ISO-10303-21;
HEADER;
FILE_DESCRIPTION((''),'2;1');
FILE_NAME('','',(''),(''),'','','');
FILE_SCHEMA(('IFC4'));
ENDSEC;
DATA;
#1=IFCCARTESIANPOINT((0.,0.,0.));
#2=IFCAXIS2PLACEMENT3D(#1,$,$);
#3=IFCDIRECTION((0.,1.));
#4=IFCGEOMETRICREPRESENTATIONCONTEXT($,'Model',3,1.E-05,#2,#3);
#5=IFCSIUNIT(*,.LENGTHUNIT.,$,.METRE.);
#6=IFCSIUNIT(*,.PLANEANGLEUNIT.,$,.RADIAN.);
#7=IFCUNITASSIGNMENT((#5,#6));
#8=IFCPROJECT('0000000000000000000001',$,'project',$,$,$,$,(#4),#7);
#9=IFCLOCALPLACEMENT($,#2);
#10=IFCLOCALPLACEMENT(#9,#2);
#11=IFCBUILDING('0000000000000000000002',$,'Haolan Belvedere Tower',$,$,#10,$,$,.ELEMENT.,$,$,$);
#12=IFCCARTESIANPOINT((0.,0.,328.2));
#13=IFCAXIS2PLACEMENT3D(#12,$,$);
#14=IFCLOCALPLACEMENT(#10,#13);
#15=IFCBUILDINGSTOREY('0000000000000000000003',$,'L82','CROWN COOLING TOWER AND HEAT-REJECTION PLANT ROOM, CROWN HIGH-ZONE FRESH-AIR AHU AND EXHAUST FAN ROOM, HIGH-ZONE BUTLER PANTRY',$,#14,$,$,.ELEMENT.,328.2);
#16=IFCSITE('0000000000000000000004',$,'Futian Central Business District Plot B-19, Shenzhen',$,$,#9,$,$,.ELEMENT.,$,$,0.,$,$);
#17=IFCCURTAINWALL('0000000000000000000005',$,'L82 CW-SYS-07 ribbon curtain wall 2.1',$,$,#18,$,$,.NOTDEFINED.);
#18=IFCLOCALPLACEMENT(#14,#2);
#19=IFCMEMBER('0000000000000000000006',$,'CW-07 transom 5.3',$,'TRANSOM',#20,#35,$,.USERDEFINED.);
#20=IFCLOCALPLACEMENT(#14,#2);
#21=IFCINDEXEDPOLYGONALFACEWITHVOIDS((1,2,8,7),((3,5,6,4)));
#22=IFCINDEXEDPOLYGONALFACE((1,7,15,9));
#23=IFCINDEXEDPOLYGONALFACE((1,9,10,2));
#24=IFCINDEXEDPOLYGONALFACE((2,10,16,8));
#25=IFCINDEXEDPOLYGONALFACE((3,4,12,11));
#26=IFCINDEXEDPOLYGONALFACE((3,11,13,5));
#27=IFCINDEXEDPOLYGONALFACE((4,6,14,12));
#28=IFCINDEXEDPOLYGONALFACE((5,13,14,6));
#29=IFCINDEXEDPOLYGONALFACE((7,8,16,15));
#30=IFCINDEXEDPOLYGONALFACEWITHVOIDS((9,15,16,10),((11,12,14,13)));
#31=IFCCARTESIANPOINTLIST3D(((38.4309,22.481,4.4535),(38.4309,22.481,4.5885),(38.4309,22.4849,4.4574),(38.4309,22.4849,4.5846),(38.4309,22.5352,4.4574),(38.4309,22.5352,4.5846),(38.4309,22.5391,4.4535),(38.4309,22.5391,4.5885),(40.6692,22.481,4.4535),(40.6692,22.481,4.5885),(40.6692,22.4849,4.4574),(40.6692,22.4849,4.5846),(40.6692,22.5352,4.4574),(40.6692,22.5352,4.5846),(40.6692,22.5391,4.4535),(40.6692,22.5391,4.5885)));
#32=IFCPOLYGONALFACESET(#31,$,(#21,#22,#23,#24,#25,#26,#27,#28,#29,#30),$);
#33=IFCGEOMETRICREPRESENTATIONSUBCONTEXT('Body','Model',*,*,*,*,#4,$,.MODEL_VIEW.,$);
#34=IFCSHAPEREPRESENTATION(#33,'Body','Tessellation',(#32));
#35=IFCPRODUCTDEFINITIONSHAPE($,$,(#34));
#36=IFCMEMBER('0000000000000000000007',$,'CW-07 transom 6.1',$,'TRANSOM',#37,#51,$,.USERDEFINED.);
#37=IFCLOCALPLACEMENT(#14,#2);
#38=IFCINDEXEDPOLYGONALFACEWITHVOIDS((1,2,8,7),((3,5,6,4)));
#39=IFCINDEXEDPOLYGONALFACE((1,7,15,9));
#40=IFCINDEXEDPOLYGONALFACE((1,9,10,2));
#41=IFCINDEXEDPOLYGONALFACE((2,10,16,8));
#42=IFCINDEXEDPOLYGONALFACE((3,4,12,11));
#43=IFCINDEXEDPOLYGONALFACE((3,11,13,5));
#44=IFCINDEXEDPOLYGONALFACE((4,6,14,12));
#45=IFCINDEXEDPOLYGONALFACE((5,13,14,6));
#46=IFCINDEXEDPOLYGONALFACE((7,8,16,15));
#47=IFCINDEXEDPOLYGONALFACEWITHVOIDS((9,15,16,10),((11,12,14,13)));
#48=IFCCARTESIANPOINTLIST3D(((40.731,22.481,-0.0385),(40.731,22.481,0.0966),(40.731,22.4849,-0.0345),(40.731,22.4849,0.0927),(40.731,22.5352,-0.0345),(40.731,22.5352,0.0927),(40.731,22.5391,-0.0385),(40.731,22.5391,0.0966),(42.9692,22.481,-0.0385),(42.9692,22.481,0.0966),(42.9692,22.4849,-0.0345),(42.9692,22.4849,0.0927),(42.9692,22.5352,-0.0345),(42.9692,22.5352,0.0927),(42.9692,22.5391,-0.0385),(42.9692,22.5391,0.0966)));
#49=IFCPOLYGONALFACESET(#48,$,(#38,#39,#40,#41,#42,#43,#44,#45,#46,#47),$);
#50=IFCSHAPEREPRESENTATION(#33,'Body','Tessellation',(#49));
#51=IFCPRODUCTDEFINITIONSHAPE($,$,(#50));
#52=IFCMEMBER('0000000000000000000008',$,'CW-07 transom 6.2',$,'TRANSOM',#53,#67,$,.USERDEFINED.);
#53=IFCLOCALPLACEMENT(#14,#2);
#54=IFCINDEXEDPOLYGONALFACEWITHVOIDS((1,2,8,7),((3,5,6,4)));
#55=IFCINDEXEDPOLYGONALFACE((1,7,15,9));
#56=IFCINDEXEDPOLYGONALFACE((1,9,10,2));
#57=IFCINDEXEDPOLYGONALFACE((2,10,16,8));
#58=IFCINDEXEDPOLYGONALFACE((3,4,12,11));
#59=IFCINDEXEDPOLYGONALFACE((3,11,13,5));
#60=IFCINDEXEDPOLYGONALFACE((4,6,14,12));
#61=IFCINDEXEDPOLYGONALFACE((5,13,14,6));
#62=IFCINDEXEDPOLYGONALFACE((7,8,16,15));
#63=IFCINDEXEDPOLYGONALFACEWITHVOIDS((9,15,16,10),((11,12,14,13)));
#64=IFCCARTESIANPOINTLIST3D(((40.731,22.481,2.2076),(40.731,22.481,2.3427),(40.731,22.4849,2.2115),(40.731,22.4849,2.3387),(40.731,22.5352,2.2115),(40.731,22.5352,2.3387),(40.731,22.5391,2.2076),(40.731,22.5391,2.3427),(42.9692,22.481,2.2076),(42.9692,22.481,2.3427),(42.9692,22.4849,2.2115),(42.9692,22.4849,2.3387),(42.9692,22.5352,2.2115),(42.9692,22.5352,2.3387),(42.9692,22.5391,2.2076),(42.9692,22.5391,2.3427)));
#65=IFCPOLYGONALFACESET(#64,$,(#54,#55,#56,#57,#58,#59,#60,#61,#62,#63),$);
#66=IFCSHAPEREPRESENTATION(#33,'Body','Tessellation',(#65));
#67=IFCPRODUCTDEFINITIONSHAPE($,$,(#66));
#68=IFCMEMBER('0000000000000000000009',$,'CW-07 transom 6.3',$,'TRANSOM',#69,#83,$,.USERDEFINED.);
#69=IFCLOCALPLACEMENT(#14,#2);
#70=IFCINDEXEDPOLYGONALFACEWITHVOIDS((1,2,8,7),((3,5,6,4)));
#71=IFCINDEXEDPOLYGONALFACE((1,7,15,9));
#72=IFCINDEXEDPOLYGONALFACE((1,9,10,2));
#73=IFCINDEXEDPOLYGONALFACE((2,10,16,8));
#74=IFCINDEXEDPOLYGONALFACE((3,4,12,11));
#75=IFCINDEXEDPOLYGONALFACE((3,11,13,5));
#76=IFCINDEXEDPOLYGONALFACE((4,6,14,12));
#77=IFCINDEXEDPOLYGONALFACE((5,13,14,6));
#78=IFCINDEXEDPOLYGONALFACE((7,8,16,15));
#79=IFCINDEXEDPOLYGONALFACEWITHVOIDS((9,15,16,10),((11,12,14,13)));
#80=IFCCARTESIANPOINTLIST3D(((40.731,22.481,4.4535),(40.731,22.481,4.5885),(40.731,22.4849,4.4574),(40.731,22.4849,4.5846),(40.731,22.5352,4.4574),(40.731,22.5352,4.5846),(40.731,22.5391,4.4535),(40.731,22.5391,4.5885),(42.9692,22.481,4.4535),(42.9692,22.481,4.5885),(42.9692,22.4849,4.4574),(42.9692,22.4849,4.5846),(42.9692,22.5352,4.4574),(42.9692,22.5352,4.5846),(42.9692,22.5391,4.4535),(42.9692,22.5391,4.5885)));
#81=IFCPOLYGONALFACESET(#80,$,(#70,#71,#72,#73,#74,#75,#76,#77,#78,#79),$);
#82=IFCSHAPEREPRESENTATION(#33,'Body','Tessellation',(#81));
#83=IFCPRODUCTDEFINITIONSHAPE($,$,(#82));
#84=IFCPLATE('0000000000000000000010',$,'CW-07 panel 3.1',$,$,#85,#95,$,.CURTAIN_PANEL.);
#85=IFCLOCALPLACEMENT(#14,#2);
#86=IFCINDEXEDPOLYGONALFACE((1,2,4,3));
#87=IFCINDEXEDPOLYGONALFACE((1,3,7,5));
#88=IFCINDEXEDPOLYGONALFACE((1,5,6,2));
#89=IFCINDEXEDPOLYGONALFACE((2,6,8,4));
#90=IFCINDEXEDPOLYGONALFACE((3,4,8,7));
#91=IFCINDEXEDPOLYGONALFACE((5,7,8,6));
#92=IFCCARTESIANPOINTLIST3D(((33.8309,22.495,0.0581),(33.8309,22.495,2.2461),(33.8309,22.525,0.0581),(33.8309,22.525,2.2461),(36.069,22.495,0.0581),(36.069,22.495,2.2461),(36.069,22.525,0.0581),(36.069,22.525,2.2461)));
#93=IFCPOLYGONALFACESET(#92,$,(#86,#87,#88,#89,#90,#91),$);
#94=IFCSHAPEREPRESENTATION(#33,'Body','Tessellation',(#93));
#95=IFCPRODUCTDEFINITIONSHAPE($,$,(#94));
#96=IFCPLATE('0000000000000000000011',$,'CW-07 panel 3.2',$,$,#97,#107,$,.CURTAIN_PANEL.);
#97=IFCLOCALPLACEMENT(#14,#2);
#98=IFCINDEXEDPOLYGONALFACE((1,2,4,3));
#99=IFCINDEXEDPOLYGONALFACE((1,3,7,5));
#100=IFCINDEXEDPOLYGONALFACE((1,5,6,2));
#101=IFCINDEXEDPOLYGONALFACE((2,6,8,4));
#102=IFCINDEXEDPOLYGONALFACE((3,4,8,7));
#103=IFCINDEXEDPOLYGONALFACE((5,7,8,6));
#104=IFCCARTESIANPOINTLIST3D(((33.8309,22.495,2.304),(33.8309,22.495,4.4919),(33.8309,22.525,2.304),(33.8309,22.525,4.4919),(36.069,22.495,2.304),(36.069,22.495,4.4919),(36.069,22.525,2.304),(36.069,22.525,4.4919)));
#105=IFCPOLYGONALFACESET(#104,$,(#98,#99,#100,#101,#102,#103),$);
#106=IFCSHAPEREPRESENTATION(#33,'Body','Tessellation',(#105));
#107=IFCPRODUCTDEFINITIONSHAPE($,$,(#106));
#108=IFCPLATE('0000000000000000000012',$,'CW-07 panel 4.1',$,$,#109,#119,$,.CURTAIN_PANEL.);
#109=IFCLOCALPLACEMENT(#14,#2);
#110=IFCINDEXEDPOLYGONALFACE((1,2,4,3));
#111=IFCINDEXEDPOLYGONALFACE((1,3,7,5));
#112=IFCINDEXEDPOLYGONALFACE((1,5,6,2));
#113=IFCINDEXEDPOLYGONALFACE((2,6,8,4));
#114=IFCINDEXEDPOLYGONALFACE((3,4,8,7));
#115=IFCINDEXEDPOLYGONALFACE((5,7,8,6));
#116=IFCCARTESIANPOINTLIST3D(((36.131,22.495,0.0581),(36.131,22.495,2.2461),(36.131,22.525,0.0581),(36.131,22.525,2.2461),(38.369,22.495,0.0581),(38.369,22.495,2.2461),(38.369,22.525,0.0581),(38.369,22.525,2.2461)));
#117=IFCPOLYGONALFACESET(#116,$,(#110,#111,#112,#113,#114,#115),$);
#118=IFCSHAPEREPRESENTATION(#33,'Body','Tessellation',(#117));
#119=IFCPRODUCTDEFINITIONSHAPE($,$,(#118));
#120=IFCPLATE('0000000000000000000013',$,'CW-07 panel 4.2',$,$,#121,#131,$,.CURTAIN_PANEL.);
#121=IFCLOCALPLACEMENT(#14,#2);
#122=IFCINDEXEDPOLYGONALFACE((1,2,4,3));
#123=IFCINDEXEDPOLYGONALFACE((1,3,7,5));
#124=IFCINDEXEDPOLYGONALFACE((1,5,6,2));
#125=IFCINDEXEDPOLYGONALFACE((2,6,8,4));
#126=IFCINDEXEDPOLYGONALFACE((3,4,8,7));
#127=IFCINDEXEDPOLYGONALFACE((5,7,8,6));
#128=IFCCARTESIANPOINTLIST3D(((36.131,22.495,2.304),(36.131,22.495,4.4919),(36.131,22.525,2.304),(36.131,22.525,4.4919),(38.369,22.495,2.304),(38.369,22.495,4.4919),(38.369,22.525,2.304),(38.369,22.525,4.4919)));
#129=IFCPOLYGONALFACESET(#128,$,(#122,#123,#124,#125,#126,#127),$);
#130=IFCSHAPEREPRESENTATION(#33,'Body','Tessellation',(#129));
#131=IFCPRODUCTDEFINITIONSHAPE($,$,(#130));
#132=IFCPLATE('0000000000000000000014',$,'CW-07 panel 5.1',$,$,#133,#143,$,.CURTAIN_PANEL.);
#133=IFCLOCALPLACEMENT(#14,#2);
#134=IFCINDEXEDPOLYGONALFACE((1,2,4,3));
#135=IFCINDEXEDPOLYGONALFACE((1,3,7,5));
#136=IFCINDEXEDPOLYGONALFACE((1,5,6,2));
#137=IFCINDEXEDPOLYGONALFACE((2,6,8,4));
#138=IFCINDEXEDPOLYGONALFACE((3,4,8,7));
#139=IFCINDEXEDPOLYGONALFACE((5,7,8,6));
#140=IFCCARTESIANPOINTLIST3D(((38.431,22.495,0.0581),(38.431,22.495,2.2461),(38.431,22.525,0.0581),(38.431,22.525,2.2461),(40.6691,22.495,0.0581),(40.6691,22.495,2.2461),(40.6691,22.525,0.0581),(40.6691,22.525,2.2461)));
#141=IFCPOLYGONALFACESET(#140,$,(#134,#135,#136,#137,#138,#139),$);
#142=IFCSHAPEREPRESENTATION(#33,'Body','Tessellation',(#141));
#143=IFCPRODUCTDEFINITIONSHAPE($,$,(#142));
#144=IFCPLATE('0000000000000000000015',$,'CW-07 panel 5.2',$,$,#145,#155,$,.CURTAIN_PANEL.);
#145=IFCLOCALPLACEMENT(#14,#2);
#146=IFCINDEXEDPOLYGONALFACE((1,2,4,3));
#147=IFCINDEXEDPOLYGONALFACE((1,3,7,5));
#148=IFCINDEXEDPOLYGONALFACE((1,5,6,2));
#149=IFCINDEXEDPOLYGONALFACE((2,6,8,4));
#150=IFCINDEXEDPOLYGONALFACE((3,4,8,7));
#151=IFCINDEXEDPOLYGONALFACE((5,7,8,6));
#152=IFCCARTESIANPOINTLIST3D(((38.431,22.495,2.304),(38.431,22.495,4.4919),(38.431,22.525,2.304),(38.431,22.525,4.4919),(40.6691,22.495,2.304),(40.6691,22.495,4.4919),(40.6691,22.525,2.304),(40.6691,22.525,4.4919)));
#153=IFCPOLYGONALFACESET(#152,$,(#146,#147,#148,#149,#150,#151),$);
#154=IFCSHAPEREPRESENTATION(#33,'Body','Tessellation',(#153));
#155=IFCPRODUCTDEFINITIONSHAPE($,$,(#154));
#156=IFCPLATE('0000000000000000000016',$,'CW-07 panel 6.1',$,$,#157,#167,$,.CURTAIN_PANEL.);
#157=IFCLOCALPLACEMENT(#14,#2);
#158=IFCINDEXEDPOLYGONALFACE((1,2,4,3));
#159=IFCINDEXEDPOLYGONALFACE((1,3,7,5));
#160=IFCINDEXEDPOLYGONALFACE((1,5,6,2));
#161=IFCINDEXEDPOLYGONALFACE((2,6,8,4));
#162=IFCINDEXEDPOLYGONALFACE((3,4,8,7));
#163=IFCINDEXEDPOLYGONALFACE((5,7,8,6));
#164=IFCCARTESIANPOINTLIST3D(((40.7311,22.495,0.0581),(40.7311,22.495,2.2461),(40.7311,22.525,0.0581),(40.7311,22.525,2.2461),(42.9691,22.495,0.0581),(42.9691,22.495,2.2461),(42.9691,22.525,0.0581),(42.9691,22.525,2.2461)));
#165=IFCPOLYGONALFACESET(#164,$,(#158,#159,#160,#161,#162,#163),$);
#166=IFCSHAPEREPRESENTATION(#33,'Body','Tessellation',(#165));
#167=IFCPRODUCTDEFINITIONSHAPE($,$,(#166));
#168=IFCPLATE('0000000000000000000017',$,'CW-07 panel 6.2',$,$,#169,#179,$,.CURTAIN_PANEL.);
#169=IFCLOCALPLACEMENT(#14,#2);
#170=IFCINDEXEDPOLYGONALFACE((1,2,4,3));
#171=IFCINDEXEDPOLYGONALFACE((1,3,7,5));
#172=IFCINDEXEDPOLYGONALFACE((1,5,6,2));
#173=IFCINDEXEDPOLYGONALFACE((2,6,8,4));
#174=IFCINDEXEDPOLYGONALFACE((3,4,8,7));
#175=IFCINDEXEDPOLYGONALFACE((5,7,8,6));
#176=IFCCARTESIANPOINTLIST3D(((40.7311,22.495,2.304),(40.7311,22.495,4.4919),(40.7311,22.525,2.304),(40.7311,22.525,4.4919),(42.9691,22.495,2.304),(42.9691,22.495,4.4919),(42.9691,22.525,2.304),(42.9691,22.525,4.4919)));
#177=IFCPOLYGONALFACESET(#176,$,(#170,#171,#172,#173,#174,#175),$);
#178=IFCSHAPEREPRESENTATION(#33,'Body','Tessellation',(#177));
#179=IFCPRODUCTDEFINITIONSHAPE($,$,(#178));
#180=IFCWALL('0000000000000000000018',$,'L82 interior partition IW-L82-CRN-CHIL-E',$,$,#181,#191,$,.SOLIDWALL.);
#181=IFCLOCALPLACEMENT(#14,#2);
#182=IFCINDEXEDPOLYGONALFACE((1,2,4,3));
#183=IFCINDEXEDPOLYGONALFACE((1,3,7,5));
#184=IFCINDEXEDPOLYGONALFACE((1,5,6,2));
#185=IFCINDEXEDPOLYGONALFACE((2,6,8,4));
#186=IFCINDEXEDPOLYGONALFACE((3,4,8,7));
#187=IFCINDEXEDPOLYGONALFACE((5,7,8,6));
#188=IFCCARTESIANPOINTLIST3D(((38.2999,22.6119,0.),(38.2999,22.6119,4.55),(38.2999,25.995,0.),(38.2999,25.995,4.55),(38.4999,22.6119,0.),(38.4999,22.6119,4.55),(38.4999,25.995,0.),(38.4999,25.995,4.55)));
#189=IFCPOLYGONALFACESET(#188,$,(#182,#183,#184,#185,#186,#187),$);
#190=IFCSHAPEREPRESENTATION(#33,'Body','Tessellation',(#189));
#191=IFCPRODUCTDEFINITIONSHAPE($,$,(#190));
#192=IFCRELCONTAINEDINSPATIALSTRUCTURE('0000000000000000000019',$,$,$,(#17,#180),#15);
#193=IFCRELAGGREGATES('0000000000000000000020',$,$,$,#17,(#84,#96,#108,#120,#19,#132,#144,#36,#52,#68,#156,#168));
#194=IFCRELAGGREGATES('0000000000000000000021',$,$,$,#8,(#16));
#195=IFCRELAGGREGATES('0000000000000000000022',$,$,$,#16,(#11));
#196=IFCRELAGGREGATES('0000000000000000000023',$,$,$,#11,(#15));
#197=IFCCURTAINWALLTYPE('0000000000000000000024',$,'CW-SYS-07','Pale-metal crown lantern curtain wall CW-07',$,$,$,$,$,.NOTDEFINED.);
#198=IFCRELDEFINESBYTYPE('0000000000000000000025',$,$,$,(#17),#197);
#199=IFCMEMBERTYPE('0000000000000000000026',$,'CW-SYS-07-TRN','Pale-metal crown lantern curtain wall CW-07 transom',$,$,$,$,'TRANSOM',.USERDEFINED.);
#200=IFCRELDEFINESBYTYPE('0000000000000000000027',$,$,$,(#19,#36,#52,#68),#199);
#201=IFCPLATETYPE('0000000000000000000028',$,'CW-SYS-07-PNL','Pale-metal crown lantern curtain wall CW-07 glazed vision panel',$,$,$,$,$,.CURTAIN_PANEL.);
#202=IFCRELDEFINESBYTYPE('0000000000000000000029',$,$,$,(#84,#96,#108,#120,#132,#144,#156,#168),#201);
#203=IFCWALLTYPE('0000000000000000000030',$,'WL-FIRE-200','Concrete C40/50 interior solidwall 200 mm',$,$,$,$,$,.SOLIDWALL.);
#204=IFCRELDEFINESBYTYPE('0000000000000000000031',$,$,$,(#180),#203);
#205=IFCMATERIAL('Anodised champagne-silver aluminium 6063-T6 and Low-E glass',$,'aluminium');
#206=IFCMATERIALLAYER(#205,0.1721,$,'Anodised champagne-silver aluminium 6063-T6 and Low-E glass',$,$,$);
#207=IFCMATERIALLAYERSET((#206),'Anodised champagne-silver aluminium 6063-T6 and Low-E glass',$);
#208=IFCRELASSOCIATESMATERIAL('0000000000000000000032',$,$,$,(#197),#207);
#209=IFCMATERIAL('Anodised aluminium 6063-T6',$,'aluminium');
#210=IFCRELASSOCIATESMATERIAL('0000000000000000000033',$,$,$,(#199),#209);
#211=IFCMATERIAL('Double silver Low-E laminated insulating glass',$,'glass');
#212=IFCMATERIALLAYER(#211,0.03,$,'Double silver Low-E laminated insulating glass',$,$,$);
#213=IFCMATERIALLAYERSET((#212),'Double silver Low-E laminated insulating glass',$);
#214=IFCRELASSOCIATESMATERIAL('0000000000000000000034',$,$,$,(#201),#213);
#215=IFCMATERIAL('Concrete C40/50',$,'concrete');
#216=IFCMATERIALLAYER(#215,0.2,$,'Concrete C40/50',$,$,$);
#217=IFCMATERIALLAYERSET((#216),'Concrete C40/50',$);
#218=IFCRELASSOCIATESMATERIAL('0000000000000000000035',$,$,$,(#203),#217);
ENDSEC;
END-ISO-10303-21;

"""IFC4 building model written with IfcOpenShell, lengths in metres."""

from ifc_helpers import new_model, si_unit, direction, frame, frame_2d, origin, origin_2d, place, context, subcontext, project, spatial, rectangle, hollow_rectangle, extrude, material, layer, layer_set, material_profile, profile_set, type_object, element, aggregate, save


model = new_model("IFC4")

# Units and contexts
model_context = context("Model", 3, precision=1e-05, world=origin(), true_north=direction((0.0, 1.0)))
body_context = subcontext(model_context, "Body", "Model", "MODEL_VIEW")
ifc_project = project(units=[si_unit("LENGTHUNIT", "METRE"), si_unit("PLANEANGLEUNIT", "RADIAN")], contexts=[model_context])

# Site, building, storey
site_placement = place(None, origin())
site = spatial("IfcSite", under=ifc_project, at=site_placement, Name="Futian Central Business District Plot B-19, Shenzhen", CompositionType="ELEMENT", RefElevation=0.0)
building_placement = place(site_placement, origin())
building = spatial("IfcBuilding", under=site, at=building_placement, Name="Haolan Belvedere Tower", CompositionType="ELEMENT")
storey_placement = place(building_placement, frame((0.0, 0.0, 328.2)))
storey = spatial("IfcBuildingStorey", under=building, at=storey_placement, Name="L82", Description="CROWN COOLING TOWER AND HEAT-REJECTION PLANT ROOM, CROWN HIGH-ZONE FRESH-AIR AHU AND EXHAUST FAN ROOM, HIGH-ZONE BUTLER PANTRY", CompositionType="ELEMENT", Elevation=328.2)

# Curtain wall, members, plates
ifc_material_1 = material(Name="Anodised champagne-silver aluminium 6063-T6 and Low-E glass", Category="aluminium")
ifc_layer_1 = layer(ifc_material_1, 0.1721, Name="Anodised champagne-silver aluminium 6063-T6 and Low-E glass")
ifc_layer_set_1 = layer_set([ifc_layer_1], Name="Anodised champagne-silver aluminium 6063-T6 and Low-E glass")
curtain_wall_type = type_object("IfcCurtainWallType", Name="CW-SYS-07", Description="Pale-metal crown lantern curtain wall CW-07", PredefinedType="NOTDEFINED", material=ifc_layer_set_1)
curtain_wall_placement = place(storey_placement, origin())
curtain_wall = element("IfcCurtainWall", 1, at=curtain_wall_placement, inside=storey, type_object=curtain_wall_type, Name="L82 CW-SYS-07 ribbon curtain wall 2.1", PredefinedType="NOTDEFINED")
ifc_material_2 = material(Name="Anodised aluminium 6063-T6", Category="aluminium")
ifc_material_profile_1 = material_profile(ifc_material_2, hollow_rectangle(XDim=0.0581, YDim=0.135, WallThickness=0.0039, at=origin_2d()), Name="Anodised aluminium 6063-T6")
ifc_profile_set_1 = profile_set([ifc_material_profile_1], Name="Anodised aluminium 6063-T6")
member_type_1 = type_object("IfcMemberType", Name="CW-SYS-07-TRN", Description="Pale-metal crown lantern curtain wall CW-07 transom", ElementType="TRANSOM", PredefinedType="USERDEFINED", material=ifc_profile_set_1)
member_1_placement = place(storey_placement, frame((38.4309, 22.51, 4.521), z_axis=(1.0, 0.0, 0.0), x_axis=(0.0, 1.0, 0.0)))
member_1 = element("IfcMember", 2, at=member_1_placement, type_object=member_type_1, Name="CW-07 transom 5.3", ObjectType="TRANSOM", PredefinedType="USERDEFINED", context=body_context, shape_type="SweptSolid", body=[
    extrude(hollow_rectangle(XDim=0.0581, YDim=0.135, WallThickness=0.0039, at=origin_2d()), origin(), (0.0, 0.0, 1.0), 2.2383),
])
member_2_placement = place(storey_placement, frame((40.731, 22.51, 0.0291), z_axis=(1.0, 0.0, 0.0), x_axis=(0.0, 1.0, 0.0)))
member_2 = element("IfcMember", 3, at=member_2_placement, type_object=member_type_1, Name="CW-07 transom 6.1", ObjectType="TRANSOM", PredefinedType="USERDEFINED", context=body_context, shape_type="SweptSolid", body=[
    extrude(hollow_rectangle(XDim=0.0581, YDim=0.135, WallThickness=0.0039, at=origin_2d()), origin(), (0.0, 0.0, 1.0), 2.2383),
])
member_3_placement = place(storey_placement, frame((40.731, 22.51, 2.2751), z_axis=(1.0, 0.0, 0.0), x_axis=(0.0, 1.0, 0.0)))
member_3 = element("IfcMember", 4, at=member_3_placement, type_object=member_type_1, Name="CW-07 transom 6.2", ObjectType="TRANSOM", PredefinedType="USERDEFINED", context=body_context, shape_type="SweptSolid", body=[
    extrude(hollow_rectangle(XDim=0.0581, YDim=0.135, WallThickness=0.0039, at=origin_2d()), origin(), (0.0, 0.0, 1.0), 2.2383),
])
member_4_placement = place(storey_placement, frame((40.731, 22.51, 4.521), z_axis=(1.0, 0.0, 0.0), x_axis=(0.0, 1.0, 0.0)))
member_4 = element("IfcMember", 5, at=member_4_placement, type_object=member_type_1, Name="CW-07 transom 6.3", ObjectType="TRANSOM", PredefinedType="USERDEFINED", context=body_context, shape_type="SweptSolid", body=[
    extrude(hollow_rectangle(XDim=0.0581, YDim=0.135, WallThickness=0.0039, at=origin_2d()), origin(), (0.0, 0.0, 1.0), 2.2383),
])
ifc_material_3 = material(Name="Double silver Low-E laminated insulating glass", Category="glass")
ifc_layer_2 = layer(ifc_material_3, 0.03, Name="Double silver Low-E laminated insulating glass")
ifc_layer_set_2 = layer_set([ifc_layer_2], Name="Double silver Low-E laminated insulating glass")
plate_type = type_object("IfcPlateType", Name="CW-SYS-07-PNL", Description="Pale-metal crown lantern curtain wall CW-07 glazed vision panel", PredefinedType="CURTAIN_PANEL", material=ifc_layer_set_2)
plate_1_placement = place(storey_placement, frame((34.95, 22.51, 0.0581), z_axis=(0.0, 0.0, 1.0), x_axis=(1.0, 0.0, 0.0)))
plate_1 = element("IfcPlate", 6, at=plate_1_placement, type_object=plate_type, Name="CW-07 panel 3.1", PredefinedType="CURTAIN_PANEL", context=body_context, shape_type="SweptSolid", body=[
    extrude(rectangle(XDim=2.238, YDim=0.03, at=origin_2d()), origin(), (0.0, 0.0, 1.0), 2.188),
])
plate_2_placement = place(storey_placement, frame((34.95, 22.51, 2.304), z_axis=(0.0, 0.0, 1.0), x_axis=(1.0, 0.0, 0.0)))
plate_2 = element("IfcPlate", 7, at=plate_2_placement, type_object=plate_type, Name="CW-07 panel 3.2", PredefinedType="CURTAIN_PANEL", context=body_context, shape_type="SweptSolid", body=[
    extrude(rectangle(XDim=2.238, YDim=0.03, at=origin_2d()), origin(), (0.0, 0.0, 1.0), 2.188),
])
plate_3_placement = place(storey_placement, frame((37.25, 22.51, 0.0581), z_axis=(0.0, 0.0, 1.0), x_axis=(1.0, 0.0, 0.0)))
plate_3 = element("IfcPlate", 8, at=plate_3_placement, type_object=plate_type, Name="CW-07 panel 4.1", PredefinedType="CURTAIN_PANEL", context=body_context, shape_type="SweptSolid", body=[
    extrude(rectangle(XDim=2.238, YDim=0.03, at=origin_2d()), origin(), (0.0, 0.0, 1.0), 2.188),
])
plate_4_placement = place(storey_placement, frame((37.25, 22.51, 2.304), z_axis=(0.0, 0.0, 1.0), x_axis=(1.0, 0.0, 0.0)))
plate_4 = element("IfcPlate", 9, at=plate_4_placement, type_object=plate_type, Name="CW-07 panel 4.2", PredefinedType="CURTAIN_PANEL", context=body_context, shape_type="SweptSolid", body=[
    extrude(rectangle(XDim=2.238, YDim=0.03, at=origin_2d()), origin(), (0.0, 0.0, 1.0), 2.188),
])
plate_5_placement = place(storey_placement, frame((39.55, 22.51, 0.0581), z_axis=(0.0, 0.0, 1.0), x_axis=(1.0, 0.0, 0.0)))
plate_5 = element("IfcPlate", 10, at=plate_5_placement, type_object=plate_type, Name="CW-07 panel 5.1", PredefinedType="CURTAIN_PANEL", context=body_context, shape_type="SweptSolid", body=[
    extrude(rectangle(XDim=2.238, YDim=0.03, at=origin_2d()), origin(), (0.0, 0.0, 1.0), 2.188),
])
plate_6_placement = place(storey_placement, frame((39.55, 22.51, 2.304), z_axis=(0.0, 0.0, 1.0), x_axis=(1.0, 0.0, 0.0)))
plate_6 = element("IfcPlate", 11, at=plate_6_placement, type_object=plate_type, Name="CW-07 panel 5.2", PredefinedType="CURTAIN_PANEL", context=body_context, shape_type="SweptSolid", body=[
    extrude(rectangle(XDim=2.238, YDim=0.03, at=origin_2d()), origin(), (0.0, 0.0, 1.0), 2.188),
])
plate_7_placement = place(storey_placement, frame((41.8501, 22.51, 0.0581), z_axis=(0.0, 0.0, 1.0), x_axis=(1.0, 0.0, 0.0)))
plate_7 = element("IfcPlate", 12, at=plate_7_placement, type_object=plate_type, Name="CW-07 panel 6.1", PredefinedType="CURTAIN_PANEL", context=body_context, shape_type="SweptSolid", body=[
    extrude(rectangle(XDim=2.238, YDim=0.03, at=origin_2d()), origin(), (0.0, 0.0, 1.0), 2.188),
])
plate_8_placement = place(storey_placement, frame((41.8501, 22.51, 2.304), z_axis=(0.0, 0.0, 1.0), x_axis=(1.0, 0.0, 0.0)))
plate_8 = element("IfcPlate", 13, at=plate_8_placement, type_object=plate_type, Name="CW-07 panel 6.2", PredefinedType="CURTAIN_PANEL", context=body_context, shape_type="SweptSolid", body=[
    extrude(rectangle(XDim=2.238, YDim=0.03, at=origin_2d()), origin(), (0.0, 0.0, 1.0), 2.188),
])
aggregate(curtain_wall, [plate_1, plate_2, plate_3, plate_4, member_1, plate_5, plate_6, member_2, member_3, member_4, plate_7, plate_8])

# Wall
ifc_material_4 = material(Name="Concrete C40/50", Category="concrete")
ifc_layer_3 = layer(ifc_material_4, 0.2, Name="Concrete C40/50")
ifc_layer_set_3 = layer_set([ifc_layer_3], Name="Concrete C40/50")
wall_type = type_object("IfcWallType", Name="WL-FIRE-200", Description="Concrete C40/50 interior solidwall 200 mm", PredefinedType="SOLIDWALL", material=ifc_layer_set_3)
wall_1_placement = place(storey_placement, frame((38.3999, 22.6121, 0.0), z_axis=(0.0, 0.0, 1.0), x_axis=(0.0, 1.0, 0.0)))
element("IfcWall", 14, at=wall_1_placement, inside=storey, type_object=wall_type, Name="L82 interior partition IW-L82-CRN-CHIL-E", PredefinedType="SOLIDWALL", context=body_context, shape_type="SweptSolid", body=[
    extrude(rectangle(XDim=3.3831, YDim=0.2, at=frame_2d((1.6914, 0.0))), origin(), (0.0, 0.0, 1.0), 4.55),
])

save(model, "model.ifc")
